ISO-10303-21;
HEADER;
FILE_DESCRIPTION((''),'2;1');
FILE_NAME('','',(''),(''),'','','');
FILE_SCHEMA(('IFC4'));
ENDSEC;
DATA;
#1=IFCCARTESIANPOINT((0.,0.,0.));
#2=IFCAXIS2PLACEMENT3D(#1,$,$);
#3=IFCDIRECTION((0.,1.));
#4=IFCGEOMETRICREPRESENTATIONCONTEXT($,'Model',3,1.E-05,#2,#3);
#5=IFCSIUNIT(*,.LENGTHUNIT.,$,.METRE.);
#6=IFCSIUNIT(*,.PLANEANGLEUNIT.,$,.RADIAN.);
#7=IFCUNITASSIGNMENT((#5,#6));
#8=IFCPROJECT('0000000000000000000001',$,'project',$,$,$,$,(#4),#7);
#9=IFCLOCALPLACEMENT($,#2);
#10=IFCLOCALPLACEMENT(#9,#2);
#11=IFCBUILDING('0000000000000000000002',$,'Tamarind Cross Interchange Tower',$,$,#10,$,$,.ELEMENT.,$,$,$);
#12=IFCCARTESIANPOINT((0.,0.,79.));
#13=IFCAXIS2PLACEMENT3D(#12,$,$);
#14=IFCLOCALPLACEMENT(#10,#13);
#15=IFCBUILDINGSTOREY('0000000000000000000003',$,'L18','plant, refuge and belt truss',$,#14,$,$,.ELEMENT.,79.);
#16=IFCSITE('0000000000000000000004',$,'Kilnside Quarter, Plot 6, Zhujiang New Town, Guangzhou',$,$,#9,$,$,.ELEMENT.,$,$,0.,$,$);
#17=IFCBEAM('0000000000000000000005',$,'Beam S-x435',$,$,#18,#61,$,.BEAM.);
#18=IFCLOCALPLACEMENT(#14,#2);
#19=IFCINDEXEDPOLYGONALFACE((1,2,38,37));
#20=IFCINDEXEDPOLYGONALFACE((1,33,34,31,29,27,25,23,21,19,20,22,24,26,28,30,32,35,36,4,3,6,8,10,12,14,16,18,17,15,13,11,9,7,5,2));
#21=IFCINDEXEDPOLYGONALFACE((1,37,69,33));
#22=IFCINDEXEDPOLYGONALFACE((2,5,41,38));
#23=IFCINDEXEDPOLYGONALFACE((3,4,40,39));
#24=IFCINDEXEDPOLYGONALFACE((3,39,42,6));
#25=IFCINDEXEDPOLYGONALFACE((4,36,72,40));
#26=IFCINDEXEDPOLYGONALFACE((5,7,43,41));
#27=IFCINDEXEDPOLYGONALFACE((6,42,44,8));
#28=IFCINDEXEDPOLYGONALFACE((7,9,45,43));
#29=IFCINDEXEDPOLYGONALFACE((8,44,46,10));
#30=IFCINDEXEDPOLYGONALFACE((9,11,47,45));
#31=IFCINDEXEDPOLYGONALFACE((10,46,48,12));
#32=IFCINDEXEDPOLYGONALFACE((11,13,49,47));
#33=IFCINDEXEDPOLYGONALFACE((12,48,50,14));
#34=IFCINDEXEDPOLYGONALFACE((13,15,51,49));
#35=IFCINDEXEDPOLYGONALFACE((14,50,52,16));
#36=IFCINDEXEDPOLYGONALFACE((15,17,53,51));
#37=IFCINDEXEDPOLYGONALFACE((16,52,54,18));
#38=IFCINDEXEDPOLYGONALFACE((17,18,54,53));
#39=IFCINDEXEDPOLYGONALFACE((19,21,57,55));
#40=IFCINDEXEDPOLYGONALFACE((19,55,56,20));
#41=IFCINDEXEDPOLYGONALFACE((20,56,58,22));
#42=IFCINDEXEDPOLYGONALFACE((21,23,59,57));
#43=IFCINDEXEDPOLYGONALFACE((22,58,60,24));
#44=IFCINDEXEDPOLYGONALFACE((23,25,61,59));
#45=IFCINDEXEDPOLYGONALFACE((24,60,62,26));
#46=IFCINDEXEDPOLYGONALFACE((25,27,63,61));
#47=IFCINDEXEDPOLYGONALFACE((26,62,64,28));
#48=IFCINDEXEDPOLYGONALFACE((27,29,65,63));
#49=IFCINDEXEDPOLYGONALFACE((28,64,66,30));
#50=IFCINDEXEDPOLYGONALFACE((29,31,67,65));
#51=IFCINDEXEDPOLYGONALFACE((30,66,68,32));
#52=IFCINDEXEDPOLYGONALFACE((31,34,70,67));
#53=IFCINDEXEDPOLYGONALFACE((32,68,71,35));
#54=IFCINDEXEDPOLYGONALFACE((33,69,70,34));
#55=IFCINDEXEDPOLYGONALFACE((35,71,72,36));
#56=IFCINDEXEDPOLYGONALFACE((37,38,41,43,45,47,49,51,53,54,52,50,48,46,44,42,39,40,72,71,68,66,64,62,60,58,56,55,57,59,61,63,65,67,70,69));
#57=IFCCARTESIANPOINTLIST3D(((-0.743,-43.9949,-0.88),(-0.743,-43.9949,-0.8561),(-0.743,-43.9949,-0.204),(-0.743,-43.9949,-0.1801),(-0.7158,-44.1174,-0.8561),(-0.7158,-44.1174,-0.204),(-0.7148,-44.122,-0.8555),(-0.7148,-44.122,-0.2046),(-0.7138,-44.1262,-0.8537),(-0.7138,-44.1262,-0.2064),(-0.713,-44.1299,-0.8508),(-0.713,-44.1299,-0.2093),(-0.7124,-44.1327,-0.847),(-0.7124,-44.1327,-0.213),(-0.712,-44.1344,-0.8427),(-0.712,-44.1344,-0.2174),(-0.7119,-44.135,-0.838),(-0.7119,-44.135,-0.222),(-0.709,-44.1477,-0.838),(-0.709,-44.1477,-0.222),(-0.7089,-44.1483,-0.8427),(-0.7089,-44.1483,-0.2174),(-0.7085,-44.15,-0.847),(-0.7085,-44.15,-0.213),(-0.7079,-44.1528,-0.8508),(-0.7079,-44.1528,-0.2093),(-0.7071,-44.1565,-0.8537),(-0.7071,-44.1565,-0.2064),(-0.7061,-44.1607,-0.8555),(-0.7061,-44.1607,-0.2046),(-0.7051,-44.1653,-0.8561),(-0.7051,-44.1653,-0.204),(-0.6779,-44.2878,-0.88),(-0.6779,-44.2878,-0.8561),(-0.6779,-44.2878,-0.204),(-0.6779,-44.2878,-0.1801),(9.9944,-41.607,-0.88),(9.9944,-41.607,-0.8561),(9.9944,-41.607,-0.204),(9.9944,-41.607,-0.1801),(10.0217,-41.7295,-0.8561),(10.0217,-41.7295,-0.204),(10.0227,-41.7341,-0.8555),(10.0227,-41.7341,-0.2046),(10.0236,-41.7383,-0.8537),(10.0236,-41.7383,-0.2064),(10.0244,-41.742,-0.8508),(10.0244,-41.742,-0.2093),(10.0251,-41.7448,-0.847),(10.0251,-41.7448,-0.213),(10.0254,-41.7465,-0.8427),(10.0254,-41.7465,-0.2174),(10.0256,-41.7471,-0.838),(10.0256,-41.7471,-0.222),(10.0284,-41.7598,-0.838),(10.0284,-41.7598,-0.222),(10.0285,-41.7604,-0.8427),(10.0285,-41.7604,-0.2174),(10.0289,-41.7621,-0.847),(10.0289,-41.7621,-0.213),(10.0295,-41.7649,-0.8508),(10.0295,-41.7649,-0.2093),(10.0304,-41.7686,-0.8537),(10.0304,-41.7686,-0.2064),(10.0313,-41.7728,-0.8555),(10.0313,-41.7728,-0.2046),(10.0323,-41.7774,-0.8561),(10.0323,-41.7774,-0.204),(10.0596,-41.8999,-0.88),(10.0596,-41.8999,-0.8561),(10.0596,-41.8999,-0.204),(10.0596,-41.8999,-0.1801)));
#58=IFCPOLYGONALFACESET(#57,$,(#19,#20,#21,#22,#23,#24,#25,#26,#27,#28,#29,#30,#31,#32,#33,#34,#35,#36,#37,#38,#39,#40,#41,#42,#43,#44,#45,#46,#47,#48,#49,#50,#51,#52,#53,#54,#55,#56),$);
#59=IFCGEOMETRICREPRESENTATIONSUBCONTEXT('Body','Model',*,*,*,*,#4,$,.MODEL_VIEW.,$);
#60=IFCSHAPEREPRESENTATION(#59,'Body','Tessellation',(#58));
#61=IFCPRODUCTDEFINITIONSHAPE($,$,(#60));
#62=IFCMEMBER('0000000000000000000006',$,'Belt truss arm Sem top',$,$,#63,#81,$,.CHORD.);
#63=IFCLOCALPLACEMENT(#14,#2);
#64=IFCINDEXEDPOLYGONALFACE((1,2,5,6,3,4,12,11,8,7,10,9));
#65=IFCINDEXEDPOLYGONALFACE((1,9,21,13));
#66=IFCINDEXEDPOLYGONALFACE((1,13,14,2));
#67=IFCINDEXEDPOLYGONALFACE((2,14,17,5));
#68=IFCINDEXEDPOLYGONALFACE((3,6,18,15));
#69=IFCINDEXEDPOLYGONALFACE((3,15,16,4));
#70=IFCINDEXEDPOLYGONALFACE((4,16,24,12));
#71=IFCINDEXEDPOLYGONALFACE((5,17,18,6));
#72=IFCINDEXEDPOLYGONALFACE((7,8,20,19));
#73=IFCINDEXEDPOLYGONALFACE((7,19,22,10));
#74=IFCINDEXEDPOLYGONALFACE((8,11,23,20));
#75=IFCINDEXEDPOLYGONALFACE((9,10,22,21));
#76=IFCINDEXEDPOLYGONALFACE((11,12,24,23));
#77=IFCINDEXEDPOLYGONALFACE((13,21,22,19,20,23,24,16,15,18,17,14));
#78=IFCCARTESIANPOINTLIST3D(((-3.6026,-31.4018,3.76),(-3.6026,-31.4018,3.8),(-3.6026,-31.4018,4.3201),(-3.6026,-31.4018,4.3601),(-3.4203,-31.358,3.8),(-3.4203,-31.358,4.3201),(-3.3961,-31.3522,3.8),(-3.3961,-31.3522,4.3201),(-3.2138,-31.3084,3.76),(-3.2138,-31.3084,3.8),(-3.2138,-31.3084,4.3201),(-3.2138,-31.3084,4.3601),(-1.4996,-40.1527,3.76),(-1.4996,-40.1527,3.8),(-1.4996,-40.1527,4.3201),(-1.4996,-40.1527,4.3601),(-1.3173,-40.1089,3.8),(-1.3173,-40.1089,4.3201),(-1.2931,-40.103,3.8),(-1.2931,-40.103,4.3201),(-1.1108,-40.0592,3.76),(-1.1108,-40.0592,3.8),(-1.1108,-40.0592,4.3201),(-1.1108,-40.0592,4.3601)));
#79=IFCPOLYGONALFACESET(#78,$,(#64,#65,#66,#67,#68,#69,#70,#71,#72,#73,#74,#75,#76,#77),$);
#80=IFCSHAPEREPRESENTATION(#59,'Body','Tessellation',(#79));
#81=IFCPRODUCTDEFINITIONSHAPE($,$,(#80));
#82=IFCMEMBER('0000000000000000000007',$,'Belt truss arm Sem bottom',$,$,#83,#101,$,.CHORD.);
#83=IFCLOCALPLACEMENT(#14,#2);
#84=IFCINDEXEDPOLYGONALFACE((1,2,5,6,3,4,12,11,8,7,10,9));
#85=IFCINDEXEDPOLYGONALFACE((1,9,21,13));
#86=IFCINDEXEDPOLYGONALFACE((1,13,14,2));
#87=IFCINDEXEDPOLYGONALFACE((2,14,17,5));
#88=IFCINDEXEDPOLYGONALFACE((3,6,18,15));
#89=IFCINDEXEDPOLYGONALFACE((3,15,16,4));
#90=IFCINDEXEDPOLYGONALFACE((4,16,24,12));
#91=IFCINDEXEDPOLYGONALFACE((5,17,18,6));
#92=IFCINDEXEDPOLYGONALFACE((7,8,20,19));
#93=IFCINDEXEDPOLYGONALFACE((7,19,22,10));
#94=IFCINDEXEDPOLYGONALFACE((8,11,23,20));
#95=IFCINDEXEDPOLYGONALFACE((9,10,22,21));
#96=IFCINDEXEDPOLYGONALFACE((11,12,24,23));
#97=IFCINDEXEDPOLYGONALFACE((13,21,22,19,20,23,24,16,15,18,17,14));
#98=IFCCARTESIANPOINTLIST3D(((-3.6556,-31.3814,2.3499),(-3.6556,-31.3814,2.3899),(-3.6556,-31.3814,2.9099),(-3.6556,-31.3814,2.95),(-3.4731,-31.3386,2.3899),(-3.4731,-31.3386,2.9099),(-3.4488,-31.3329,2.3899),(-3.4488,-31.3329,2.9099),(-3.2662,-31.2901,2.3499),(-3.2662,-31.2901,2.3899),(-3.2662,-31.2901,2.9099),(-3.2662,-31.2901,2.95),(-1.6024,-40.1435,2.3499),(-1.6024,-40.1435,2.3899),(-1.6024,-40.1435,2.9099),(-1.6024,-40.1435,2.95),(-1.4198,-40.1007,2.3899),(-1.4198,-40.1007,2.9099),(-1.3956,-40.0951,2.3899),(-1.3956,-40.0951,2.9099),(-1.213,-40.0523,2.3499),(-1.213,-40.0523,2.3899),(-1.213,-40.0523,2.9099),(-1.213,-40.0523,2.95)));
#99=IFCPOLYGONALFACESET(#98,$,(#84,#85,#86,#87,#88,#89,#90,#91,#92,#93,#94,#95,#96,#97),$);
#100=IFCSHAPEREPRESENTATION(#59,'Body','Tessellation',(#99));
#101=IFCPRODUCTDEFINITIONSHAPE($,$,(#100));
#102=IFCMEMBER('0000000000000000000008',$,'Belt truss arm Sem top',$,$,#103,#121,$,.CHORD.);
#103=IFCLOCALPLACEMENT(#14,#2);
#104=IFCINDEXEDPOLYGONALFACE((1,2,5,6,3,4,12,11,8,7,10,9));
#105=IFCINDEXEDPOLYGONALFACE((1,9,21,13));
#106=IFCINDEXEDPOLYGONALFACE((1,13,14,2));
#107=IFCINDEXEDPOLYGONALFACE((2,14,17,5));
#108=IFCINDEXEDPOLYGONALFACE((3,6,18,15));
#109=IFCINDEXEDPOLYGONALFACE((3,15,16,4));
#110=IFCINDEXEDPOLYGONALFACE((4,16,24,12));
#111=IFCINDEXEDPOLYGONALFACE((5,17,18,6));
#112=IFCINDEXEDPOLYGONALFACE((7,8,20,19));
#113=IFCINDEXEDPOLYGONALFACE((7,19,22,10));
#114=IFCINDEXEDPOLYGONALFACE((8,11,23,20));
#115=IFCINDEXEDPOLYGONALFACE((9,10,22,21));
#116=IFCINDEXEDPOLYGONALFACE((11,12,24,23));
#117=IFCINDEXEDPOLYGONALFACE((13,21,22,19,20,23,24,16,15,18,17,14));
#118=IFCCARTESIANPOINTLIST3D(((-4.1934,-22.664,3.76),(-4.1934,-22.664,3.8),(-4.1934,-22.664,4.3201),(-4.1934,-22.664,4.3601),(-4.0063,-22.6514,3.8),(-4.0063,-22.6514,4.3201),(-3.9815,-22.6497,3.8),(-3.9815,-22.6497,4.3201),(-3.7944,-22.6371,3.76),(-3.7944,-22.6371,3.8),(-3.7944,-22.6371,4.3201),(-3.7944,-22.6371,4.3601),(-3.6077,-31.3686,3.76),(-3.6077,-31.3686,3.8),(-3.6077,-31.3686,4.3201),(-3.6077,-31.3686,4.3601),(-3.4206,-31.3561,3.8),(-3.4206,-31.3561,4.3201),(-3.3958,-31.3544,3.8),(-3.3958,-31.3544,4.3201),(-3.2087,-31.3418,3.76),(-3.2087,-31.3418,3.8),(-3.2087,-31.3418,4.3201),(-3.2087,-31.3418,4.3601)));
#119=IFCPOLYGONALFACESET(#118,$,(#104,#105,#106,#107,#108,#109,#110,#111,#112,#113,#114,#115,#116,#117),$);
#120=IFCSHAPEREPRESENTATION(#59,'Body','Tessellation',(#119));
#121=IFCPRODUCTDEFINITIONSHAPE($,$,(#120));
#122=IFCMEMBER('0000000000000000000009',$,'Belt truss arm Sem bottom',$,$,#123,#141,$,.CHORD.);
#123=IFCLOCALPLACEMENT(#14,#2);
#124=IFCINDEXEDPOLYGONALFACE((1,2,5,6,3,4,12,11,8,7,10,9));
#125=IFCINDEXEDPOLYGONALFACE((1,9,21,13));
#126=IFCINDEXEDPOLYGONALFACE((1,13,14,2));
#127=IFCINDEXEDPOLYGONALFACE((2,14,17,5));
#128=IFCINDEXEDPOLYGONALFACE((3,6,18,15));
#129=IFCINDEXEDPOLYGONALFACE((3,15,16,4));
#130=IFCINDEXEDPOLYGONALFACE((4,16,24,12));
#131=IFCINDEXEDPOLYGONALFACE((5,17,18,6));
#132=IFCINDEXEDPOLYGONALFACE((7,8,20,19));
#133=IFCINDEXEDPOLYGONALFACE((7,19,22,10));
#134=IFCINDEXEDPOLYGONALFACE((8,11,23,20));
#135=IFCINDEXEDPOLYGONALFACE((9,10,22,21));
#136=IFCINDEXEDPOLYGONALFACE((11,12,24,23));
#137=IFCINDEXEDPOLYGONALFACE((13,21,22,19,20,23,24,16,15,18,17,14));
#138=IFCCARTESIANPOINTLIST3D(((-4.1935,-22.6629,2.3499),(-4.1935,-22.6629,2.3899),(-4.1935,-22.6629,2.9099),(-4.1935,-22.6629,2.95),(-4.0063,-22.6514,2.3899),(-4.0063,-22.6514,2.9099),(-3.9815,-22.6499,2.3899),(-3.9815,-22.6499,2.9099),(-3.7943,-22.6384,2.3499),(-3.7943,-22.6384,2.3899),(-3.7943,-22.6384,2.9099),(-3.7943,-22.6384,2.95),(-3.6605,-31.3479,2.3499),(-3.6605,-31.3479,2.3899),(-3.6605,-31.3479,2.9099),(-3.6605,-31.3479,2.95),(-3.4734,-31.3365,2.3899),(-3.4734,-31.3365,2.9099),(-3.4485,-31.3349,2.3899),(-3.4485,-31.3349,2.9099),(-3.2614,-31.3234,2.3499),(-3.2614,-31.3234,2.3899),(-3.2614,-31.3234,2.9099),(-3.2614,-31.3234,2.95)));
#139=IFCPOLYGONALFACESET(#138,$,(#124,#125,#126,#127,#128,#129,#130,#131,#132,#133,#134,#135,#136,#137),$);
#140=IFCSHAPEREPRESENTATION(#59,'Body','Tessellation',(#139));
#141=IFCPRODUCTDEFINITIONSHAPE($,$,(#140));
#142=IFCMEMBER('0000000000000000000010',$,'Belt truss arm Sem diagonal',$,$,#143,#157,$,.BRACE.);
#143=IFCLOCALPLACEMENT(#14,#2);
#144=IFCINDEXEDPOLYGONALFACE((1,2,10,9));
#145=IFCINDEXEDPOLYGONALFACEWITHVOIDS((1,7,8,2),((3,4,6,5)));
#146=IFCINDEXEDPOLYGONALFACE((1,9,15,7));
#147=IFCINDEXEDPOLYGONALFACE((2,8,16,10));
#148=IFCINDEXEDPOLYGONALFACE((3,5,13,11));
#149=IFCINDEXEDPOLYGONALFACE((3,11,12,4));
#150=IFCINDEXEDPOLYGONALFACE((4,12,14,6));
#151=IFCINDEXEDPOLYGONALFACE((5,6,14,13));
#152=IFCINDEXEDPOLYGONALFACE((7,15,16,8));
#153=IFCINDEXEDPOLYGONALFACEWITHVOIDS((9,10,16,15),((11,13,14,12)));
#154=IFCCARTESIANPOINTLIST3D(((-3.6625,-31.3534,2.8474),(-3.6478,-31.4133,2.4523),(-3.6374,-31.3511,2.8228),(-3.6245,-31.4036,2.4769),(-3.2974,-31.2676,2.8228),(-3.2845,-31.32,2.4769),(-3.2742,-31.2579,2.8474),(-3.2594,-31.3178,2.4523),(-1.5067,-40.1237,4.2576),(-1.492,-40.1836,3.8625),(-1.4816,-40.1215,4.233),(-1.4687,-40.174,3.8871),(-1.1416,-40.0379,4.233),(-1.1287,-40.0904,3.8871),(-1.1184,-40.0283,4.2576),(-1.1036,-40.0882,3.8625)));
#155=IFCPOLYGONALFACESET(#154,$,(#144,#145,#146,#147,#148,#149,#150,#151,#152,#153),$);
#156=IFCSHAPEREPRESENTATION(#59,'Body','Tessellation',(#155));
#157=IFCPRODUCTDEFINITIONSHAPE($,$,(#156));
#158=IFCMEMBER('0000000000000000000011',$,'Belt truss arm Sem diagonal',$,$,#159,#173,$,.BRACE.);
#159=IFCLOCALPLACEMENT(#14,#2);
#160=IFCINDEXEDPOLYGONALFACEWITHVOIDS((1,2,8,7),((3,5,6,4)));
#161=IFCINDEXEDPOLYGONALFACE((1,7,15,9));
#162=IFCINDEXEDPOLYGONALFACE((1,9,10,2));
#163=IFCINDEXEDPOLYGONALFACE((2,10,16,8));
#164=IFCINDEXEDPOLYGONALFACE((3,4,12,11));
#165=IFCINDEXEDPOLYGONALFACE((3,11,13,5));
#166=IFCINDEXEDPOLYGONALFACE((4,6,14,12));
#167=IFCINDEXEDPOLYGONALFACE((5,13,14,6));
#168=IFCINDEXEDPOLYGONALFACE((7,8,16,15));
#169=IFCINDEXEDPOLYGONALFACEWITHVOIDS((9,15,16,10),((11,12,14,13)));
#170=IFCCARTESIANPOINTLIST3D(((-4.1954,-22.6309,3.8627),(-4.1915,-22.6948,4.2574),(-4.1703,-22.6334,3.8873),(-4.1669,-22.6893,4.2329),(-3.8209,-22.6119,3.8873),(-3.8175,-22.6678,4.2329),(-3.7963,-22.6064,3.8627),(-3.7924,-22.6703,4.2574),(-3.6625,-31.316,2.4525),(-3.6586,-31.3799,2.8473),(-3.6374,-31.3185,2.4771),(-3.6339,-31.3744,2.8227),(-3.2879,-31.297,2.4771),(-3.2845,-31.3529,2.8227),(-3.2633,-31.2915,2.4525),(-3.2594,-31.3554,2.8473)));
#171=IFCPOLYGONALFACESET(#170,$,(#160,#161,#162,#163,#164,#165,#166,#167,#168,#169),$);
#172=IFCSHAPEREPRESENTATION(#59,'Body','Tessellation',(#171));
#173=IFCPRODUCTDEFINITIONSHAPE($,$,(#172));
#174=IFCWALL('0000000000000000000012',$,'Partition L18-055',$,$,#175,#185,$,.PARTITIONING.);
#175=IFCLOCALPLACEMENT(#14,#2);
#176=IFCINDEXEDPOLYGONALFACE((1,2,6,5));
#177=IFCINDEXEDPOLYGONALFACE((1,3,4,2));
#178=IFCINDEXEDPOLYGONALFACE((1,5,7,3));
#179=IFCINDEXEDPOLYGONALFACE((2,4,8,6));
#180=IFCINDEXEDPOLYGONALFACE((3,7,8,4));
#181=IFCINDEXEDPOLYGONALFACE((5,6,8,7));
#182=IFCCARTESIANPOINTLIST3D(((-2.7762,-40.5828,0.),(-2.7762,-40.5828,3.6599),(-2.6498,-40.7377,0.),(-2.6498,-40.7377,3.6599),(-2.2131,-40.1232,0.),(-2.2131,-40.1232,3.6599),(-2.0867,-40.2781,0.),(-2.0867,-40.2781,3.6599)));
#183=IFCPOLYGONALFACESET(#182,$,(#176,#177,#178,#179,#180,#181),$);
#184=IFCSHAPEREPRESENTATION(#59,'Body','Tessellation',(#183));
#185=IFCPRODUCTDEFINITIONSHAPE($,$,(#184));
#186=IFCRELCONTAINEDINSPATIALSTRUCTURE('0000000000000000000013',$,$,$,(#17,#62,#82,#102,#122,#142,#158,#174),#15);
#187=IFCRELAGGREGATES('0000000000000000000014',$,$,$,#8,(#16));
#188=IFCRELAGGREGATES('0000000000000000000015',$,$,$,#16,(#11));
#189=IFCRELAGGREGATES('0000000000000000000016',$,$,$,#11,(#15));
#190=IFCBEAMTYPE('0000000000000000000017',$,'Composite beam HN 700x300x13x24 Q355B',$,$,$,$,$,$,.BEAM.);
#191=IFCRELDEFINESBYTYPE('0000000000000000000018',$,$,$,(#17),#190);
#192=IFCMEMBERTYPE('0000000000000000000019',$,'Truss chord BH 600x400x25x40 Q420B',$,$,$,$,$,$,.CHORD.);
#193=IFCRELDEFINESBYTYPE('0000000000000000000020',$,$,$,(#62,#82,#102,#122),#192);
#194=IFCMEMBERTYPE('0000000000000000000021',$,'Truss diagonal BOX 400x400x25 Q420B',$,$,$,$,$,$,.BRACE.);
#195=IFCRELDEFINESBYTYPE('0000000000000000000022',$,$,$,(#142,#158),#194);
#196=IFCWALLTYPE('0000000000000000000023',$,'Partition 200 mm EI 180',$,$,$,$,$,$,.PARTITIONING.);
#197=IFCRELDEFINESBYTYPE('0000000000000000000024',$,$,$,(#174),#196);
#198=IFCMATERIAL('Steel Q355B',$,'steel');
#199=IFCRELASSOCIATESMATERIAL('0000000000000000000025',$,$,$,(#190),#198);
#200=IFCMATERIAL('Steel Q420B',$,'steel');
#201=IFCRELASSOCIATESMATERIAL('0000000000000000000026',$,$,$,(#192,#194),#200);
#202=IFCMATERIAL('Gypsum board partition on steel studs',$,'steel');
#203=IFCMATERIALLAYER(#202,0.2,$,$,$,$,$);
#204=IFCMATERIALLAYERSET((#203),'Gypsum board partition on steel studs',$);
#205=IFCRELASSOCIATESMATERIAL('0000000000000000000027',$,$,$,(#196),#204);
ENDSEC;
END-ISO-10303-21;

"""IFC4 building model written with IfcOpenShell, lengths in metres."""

from ifc_helpers import new_model, si_unit, direction, frame, frame_2d, origin, origin_2d, place, context, subcontext, project, spatial, rectangle, hollow_rectangle, i_section, extrude, material, layer, layer_set, material_profile, profile_set, type_object, element, save


model = new_model("IFC4")

# Units and contexts
model_context = context("Model", 3, precision=1e-05, world=origin(), true_north=direction((0.0, 1.0)))
body_context = subcontext(model_context, "Body", "Model", "MODEL_VIEW")
ifc_project = project(units=[si_unit("LENGTHUNIT", "METRE"), si_unit("PLANEANGLEUNIT", "RADIAN")], contexts=[model_context])

# Site, building, storey
site_placement = place(None, origin())
site = spatial("IfcSite", under=ifc_project, at=site_placement, Name="Kilnside Quarter, Plot 6, Zhujiang New Town, Guangzhou", CompositionType="ELEMENT", RefElevation=0.0)
building_placement = place(site_placement, origin())
building = spatial("IfcBuilding", under=site, at=building_placement, Name="Tamarind Cross Interchange Tower", CompositionType="ELEMENT")
storey_placement = place(building_placement, frame((0.0, 0.0, 79.0)))
storey = spatial("IfcBuildingStorey", under=building, at=storey_placement, Name="L18", Description="plant, refuge and belt truss", CompositionType="ELEMENT", Elevation=79.0)

# Beam
ifc_material_1 = material(Name="Steel Q355B", Category="steel")
ifc_material_profile_1 = material_profile(ifc_material_1, i_section(OverallWidth=0.3, OverallDepth=0.7, WebThickness=0.0129, FlangeThickness=0.0239, FilletRadius=0.0181, at=origin_2d()), Name="HN 700x300x13x24")
ifc_profile_set_1 = profile_set([ifc_material_profile_1], Name="Steel Q355B")
beam_type_1 = type_object("IfcBeamType", Name="Composite beam HN 700x300x13x24 Q355B", PredefinedType="BEAM", material=ifc_profile_set_1)
for number, where, z_axis, x_axis, name in (
    (1, (-0.7104, -44.1414, -0.53), (0.976152, 0.217088, 0.0), (-0.217088, 0.976152, 0.0), "Beam S-x435"),
):
    element("IfcBeam", number, at=place(storey_placement, frame(where, z_axis=z_axis, x_axis=x_axis)), inside=storey, type_object=beam_type_1, Name=name, PredefinedType="BEAM", context=body_context, shape_type="SweptSolid", body=[
        extrude(i_section(OverallWidth=0.3, OverallDepth=0.7, WebThickness=0.0129, FlangeThickness=0.0239, FilletRadius=0.0181, at=origin_2d()), origin(), (0.0, 0.0, 1.0), 10.9998),
    ])

# Members
ifc_material_2 = material(Name="Steel Q420B", Category="steel")
ifc_material_profile_2 = material_profile(ifc_material_2, i_section(OverallWidth=0.3999, OverallDepth=0.6001, WebThickness=0.0249, FlangeThickness=0.04, at=origin_2d()), Name="BH 600x400x25x40")
ifc_profile_set_2 = profile_set([ifc_material_profile_2], Name="Steel Q420B")
member_type_1 = type_object("IfcMemberType", Name="Truss chord BH 600x400x25x40 Q420B", PredefinedType="CHORD", material=ifc_profile_set_2)
member_1_placement = place(storey_placement, frame((-1.3052, -40.106, 4.0601), z_axis=(-0.233673, 0.972315, 0.0), x_axis=(-0.972315, -0.233673, 0.0)))
element("IfcMember", 2, at=member_1_placement, inside=storey, type_object=member_type_1, Name="Belt truss arm Sem top", PredefinedType="CHORD", context=body_context, shape_type="SweptSolid", body=[
    extrude(i_section(OverallWidth=0.3999, OverallDepth=0.6001, WebThickness=0.0249, FlangeThickness=0.04, at=origin_2d()), origin(), (0.0, 0.0, 1.0), 9.0),
])
member_2_placement = place(storey_placement, frame((-1.4077, -40.0979, 2.6499), z_axis=(-0.228147, 0.973627, 0.0), x_axis=(-0.973627, -0.228147, 0.0)))
element("IfcMember", 3, at=member_2_placement, inside=storey, type_object=member_type_1, Name="Belt truss arm Sem bottom", PredefinedType="CHORD", context=body_context, shape_type="SweptSolid", body=[
    extrude(i_section(OverallWidth=0.3999, OverallDepth=0.6001, WebThickness=0.0249, FlangeThickness=0.04, at=origin_2d()), origin(), (0.0, 0.0, 1.0), 8.9995),
])
member_3_placement = place(storey_placement, frame((-3.4082, -31.3552, 4.0601), z_axis=(-0.067134, 0.997744, 0.0), x_axis=(-0.997744, -0.067134, 0.0)))
element("IfcMember", 4, at=member_3_placement, inside=storey, type_object=member_type_1, Name="Belt truss arm Sem top", PredefinedType="CHORD", context=body_context, shape_type="SweptSolid", body=[
    extrude(i_section(OverallWidth=0.3999, OverallDepth=0.6001, WebThickness=0.0249, FlangeThickness=0.04, at=origin_2d()), origin(), (0.0, 0.0, 1.0), 8.7244),
])
member_4_placement = place(storey_placement, frame((-3.4609, -31.3357, 2.6499), z_axis=(-0.06125, 0.998122, 0.0), x_axis=(-0.998122, -0.06125, 0.0)))
element("IfcMember", 5, at=member_4_placement, inside=storey, type_object=member_type_1, Name="Belt truss arm Sem bottom", PredefinedType="CHORD", context=body_context, shape_type="SweptSolid", body=[
    extrude(i_section(OverallWidth=0.3999, OverallDepth=0.6001, WebThickness=0.0249, FlangeThickness=0.04, at=origin_2d()), origin(), (0.0, 0.0, 1.0), 8.7014),
])
ifc_material_profile_3 = material_profile(ifc_material_2, hollow_rectangle(XDim=0.3999, YDim=0.3999, WallThickness=0.0249, at=origin_2d()), Name="BOX 400x400x25")
ifc_profile_set_3 = profile_set([ifc_material_profile_3], Name="Steel Q420B")
member_type_2 = type_object("IfcMemberType", Name="Truss diagonal BOX 400x400x25 Q420B", PredefinedType="BRACE", material=ifc_profile_set_3)
member_5_placement = place(storey_placement, frame((-1.3052, -40.106, 4.0601), z_axis=(-0.235841, 0.959468, -0.154271), x_axis=(-0.971094, -0.238698, 0.0)))
element("IfcMember", 6, at=member_5_placement, inside=storey, type_object=member_type_2, Name="Belt truss arm Sem diagonal", PredefinedType="BRACE", context=body_context, shape_type="SweptSolid", body=[
    extrude(hollow_rectangle(XDim=0.3999, YDim=0.3999, WallThickness=0.0249, at=origin_2d()), origin(), (0.0, 0.0, 1.0), 9.1409),
])
member_6_placement = place(storey_placement, frame((-3.4609, -31.3357, 2.6499), z_axis=(-0.060461, 0.985268, 0.159974), x_axis=(-0.998122, -0.06125, 0.0)))
element("IfcMember", 7, at=member_6_placement, inside=storey, type_object=member_type_2, Name="Belt truss arm Sem diagonal", PredefinedType="BRACE", context=body_context, shape_type="SweptSolid", body=[
    extrude(hollow_rectangle(XDim=0.3999, YDim=0.3999, WallThickness=0.0249, at=origin_2d()), origin(), (0.0, 0.0, 1.0), 8.8149),
])

# Wall
ifc_material_3 = material(Name="Gypsum board partition on steel studs", Category="steel")
ifc_layer_1 = layer(ifc_material_3, 0.2)
ifc_layer_set_1 = layer_set([ifc_layer_1], Name="Gypsum board partition on steel studs")
wall_type_1 = type_object("IfcWallType", Name="Partition 200 mm EI 180", PredefinedType="PARTITIONING", material=ifc_layer_set_1)
wall_1_placement = place(storey_placement, frame((-2.7129, -40.6602, 0.0), z_axis=(0.0, 0.0, 1.0), x_axis=(0.774735, 0.632286, 0.0)))
element("IfcWall", 8, at=wall_1_placement, inside=storey, type_object=wall_type_1, Name="Partition L18-055", PredefinedType="PARTITIONING", context=body_context, shape_type="SweptSolid", body=[
    extrude(rectangle(XDim=0.7268, YDim=0.2, at=frame_2d((0.3633, 0.0))), origin(), (0.0, 0.0, 1.0), 3.6599),
])

save(model, "model.ifc")
